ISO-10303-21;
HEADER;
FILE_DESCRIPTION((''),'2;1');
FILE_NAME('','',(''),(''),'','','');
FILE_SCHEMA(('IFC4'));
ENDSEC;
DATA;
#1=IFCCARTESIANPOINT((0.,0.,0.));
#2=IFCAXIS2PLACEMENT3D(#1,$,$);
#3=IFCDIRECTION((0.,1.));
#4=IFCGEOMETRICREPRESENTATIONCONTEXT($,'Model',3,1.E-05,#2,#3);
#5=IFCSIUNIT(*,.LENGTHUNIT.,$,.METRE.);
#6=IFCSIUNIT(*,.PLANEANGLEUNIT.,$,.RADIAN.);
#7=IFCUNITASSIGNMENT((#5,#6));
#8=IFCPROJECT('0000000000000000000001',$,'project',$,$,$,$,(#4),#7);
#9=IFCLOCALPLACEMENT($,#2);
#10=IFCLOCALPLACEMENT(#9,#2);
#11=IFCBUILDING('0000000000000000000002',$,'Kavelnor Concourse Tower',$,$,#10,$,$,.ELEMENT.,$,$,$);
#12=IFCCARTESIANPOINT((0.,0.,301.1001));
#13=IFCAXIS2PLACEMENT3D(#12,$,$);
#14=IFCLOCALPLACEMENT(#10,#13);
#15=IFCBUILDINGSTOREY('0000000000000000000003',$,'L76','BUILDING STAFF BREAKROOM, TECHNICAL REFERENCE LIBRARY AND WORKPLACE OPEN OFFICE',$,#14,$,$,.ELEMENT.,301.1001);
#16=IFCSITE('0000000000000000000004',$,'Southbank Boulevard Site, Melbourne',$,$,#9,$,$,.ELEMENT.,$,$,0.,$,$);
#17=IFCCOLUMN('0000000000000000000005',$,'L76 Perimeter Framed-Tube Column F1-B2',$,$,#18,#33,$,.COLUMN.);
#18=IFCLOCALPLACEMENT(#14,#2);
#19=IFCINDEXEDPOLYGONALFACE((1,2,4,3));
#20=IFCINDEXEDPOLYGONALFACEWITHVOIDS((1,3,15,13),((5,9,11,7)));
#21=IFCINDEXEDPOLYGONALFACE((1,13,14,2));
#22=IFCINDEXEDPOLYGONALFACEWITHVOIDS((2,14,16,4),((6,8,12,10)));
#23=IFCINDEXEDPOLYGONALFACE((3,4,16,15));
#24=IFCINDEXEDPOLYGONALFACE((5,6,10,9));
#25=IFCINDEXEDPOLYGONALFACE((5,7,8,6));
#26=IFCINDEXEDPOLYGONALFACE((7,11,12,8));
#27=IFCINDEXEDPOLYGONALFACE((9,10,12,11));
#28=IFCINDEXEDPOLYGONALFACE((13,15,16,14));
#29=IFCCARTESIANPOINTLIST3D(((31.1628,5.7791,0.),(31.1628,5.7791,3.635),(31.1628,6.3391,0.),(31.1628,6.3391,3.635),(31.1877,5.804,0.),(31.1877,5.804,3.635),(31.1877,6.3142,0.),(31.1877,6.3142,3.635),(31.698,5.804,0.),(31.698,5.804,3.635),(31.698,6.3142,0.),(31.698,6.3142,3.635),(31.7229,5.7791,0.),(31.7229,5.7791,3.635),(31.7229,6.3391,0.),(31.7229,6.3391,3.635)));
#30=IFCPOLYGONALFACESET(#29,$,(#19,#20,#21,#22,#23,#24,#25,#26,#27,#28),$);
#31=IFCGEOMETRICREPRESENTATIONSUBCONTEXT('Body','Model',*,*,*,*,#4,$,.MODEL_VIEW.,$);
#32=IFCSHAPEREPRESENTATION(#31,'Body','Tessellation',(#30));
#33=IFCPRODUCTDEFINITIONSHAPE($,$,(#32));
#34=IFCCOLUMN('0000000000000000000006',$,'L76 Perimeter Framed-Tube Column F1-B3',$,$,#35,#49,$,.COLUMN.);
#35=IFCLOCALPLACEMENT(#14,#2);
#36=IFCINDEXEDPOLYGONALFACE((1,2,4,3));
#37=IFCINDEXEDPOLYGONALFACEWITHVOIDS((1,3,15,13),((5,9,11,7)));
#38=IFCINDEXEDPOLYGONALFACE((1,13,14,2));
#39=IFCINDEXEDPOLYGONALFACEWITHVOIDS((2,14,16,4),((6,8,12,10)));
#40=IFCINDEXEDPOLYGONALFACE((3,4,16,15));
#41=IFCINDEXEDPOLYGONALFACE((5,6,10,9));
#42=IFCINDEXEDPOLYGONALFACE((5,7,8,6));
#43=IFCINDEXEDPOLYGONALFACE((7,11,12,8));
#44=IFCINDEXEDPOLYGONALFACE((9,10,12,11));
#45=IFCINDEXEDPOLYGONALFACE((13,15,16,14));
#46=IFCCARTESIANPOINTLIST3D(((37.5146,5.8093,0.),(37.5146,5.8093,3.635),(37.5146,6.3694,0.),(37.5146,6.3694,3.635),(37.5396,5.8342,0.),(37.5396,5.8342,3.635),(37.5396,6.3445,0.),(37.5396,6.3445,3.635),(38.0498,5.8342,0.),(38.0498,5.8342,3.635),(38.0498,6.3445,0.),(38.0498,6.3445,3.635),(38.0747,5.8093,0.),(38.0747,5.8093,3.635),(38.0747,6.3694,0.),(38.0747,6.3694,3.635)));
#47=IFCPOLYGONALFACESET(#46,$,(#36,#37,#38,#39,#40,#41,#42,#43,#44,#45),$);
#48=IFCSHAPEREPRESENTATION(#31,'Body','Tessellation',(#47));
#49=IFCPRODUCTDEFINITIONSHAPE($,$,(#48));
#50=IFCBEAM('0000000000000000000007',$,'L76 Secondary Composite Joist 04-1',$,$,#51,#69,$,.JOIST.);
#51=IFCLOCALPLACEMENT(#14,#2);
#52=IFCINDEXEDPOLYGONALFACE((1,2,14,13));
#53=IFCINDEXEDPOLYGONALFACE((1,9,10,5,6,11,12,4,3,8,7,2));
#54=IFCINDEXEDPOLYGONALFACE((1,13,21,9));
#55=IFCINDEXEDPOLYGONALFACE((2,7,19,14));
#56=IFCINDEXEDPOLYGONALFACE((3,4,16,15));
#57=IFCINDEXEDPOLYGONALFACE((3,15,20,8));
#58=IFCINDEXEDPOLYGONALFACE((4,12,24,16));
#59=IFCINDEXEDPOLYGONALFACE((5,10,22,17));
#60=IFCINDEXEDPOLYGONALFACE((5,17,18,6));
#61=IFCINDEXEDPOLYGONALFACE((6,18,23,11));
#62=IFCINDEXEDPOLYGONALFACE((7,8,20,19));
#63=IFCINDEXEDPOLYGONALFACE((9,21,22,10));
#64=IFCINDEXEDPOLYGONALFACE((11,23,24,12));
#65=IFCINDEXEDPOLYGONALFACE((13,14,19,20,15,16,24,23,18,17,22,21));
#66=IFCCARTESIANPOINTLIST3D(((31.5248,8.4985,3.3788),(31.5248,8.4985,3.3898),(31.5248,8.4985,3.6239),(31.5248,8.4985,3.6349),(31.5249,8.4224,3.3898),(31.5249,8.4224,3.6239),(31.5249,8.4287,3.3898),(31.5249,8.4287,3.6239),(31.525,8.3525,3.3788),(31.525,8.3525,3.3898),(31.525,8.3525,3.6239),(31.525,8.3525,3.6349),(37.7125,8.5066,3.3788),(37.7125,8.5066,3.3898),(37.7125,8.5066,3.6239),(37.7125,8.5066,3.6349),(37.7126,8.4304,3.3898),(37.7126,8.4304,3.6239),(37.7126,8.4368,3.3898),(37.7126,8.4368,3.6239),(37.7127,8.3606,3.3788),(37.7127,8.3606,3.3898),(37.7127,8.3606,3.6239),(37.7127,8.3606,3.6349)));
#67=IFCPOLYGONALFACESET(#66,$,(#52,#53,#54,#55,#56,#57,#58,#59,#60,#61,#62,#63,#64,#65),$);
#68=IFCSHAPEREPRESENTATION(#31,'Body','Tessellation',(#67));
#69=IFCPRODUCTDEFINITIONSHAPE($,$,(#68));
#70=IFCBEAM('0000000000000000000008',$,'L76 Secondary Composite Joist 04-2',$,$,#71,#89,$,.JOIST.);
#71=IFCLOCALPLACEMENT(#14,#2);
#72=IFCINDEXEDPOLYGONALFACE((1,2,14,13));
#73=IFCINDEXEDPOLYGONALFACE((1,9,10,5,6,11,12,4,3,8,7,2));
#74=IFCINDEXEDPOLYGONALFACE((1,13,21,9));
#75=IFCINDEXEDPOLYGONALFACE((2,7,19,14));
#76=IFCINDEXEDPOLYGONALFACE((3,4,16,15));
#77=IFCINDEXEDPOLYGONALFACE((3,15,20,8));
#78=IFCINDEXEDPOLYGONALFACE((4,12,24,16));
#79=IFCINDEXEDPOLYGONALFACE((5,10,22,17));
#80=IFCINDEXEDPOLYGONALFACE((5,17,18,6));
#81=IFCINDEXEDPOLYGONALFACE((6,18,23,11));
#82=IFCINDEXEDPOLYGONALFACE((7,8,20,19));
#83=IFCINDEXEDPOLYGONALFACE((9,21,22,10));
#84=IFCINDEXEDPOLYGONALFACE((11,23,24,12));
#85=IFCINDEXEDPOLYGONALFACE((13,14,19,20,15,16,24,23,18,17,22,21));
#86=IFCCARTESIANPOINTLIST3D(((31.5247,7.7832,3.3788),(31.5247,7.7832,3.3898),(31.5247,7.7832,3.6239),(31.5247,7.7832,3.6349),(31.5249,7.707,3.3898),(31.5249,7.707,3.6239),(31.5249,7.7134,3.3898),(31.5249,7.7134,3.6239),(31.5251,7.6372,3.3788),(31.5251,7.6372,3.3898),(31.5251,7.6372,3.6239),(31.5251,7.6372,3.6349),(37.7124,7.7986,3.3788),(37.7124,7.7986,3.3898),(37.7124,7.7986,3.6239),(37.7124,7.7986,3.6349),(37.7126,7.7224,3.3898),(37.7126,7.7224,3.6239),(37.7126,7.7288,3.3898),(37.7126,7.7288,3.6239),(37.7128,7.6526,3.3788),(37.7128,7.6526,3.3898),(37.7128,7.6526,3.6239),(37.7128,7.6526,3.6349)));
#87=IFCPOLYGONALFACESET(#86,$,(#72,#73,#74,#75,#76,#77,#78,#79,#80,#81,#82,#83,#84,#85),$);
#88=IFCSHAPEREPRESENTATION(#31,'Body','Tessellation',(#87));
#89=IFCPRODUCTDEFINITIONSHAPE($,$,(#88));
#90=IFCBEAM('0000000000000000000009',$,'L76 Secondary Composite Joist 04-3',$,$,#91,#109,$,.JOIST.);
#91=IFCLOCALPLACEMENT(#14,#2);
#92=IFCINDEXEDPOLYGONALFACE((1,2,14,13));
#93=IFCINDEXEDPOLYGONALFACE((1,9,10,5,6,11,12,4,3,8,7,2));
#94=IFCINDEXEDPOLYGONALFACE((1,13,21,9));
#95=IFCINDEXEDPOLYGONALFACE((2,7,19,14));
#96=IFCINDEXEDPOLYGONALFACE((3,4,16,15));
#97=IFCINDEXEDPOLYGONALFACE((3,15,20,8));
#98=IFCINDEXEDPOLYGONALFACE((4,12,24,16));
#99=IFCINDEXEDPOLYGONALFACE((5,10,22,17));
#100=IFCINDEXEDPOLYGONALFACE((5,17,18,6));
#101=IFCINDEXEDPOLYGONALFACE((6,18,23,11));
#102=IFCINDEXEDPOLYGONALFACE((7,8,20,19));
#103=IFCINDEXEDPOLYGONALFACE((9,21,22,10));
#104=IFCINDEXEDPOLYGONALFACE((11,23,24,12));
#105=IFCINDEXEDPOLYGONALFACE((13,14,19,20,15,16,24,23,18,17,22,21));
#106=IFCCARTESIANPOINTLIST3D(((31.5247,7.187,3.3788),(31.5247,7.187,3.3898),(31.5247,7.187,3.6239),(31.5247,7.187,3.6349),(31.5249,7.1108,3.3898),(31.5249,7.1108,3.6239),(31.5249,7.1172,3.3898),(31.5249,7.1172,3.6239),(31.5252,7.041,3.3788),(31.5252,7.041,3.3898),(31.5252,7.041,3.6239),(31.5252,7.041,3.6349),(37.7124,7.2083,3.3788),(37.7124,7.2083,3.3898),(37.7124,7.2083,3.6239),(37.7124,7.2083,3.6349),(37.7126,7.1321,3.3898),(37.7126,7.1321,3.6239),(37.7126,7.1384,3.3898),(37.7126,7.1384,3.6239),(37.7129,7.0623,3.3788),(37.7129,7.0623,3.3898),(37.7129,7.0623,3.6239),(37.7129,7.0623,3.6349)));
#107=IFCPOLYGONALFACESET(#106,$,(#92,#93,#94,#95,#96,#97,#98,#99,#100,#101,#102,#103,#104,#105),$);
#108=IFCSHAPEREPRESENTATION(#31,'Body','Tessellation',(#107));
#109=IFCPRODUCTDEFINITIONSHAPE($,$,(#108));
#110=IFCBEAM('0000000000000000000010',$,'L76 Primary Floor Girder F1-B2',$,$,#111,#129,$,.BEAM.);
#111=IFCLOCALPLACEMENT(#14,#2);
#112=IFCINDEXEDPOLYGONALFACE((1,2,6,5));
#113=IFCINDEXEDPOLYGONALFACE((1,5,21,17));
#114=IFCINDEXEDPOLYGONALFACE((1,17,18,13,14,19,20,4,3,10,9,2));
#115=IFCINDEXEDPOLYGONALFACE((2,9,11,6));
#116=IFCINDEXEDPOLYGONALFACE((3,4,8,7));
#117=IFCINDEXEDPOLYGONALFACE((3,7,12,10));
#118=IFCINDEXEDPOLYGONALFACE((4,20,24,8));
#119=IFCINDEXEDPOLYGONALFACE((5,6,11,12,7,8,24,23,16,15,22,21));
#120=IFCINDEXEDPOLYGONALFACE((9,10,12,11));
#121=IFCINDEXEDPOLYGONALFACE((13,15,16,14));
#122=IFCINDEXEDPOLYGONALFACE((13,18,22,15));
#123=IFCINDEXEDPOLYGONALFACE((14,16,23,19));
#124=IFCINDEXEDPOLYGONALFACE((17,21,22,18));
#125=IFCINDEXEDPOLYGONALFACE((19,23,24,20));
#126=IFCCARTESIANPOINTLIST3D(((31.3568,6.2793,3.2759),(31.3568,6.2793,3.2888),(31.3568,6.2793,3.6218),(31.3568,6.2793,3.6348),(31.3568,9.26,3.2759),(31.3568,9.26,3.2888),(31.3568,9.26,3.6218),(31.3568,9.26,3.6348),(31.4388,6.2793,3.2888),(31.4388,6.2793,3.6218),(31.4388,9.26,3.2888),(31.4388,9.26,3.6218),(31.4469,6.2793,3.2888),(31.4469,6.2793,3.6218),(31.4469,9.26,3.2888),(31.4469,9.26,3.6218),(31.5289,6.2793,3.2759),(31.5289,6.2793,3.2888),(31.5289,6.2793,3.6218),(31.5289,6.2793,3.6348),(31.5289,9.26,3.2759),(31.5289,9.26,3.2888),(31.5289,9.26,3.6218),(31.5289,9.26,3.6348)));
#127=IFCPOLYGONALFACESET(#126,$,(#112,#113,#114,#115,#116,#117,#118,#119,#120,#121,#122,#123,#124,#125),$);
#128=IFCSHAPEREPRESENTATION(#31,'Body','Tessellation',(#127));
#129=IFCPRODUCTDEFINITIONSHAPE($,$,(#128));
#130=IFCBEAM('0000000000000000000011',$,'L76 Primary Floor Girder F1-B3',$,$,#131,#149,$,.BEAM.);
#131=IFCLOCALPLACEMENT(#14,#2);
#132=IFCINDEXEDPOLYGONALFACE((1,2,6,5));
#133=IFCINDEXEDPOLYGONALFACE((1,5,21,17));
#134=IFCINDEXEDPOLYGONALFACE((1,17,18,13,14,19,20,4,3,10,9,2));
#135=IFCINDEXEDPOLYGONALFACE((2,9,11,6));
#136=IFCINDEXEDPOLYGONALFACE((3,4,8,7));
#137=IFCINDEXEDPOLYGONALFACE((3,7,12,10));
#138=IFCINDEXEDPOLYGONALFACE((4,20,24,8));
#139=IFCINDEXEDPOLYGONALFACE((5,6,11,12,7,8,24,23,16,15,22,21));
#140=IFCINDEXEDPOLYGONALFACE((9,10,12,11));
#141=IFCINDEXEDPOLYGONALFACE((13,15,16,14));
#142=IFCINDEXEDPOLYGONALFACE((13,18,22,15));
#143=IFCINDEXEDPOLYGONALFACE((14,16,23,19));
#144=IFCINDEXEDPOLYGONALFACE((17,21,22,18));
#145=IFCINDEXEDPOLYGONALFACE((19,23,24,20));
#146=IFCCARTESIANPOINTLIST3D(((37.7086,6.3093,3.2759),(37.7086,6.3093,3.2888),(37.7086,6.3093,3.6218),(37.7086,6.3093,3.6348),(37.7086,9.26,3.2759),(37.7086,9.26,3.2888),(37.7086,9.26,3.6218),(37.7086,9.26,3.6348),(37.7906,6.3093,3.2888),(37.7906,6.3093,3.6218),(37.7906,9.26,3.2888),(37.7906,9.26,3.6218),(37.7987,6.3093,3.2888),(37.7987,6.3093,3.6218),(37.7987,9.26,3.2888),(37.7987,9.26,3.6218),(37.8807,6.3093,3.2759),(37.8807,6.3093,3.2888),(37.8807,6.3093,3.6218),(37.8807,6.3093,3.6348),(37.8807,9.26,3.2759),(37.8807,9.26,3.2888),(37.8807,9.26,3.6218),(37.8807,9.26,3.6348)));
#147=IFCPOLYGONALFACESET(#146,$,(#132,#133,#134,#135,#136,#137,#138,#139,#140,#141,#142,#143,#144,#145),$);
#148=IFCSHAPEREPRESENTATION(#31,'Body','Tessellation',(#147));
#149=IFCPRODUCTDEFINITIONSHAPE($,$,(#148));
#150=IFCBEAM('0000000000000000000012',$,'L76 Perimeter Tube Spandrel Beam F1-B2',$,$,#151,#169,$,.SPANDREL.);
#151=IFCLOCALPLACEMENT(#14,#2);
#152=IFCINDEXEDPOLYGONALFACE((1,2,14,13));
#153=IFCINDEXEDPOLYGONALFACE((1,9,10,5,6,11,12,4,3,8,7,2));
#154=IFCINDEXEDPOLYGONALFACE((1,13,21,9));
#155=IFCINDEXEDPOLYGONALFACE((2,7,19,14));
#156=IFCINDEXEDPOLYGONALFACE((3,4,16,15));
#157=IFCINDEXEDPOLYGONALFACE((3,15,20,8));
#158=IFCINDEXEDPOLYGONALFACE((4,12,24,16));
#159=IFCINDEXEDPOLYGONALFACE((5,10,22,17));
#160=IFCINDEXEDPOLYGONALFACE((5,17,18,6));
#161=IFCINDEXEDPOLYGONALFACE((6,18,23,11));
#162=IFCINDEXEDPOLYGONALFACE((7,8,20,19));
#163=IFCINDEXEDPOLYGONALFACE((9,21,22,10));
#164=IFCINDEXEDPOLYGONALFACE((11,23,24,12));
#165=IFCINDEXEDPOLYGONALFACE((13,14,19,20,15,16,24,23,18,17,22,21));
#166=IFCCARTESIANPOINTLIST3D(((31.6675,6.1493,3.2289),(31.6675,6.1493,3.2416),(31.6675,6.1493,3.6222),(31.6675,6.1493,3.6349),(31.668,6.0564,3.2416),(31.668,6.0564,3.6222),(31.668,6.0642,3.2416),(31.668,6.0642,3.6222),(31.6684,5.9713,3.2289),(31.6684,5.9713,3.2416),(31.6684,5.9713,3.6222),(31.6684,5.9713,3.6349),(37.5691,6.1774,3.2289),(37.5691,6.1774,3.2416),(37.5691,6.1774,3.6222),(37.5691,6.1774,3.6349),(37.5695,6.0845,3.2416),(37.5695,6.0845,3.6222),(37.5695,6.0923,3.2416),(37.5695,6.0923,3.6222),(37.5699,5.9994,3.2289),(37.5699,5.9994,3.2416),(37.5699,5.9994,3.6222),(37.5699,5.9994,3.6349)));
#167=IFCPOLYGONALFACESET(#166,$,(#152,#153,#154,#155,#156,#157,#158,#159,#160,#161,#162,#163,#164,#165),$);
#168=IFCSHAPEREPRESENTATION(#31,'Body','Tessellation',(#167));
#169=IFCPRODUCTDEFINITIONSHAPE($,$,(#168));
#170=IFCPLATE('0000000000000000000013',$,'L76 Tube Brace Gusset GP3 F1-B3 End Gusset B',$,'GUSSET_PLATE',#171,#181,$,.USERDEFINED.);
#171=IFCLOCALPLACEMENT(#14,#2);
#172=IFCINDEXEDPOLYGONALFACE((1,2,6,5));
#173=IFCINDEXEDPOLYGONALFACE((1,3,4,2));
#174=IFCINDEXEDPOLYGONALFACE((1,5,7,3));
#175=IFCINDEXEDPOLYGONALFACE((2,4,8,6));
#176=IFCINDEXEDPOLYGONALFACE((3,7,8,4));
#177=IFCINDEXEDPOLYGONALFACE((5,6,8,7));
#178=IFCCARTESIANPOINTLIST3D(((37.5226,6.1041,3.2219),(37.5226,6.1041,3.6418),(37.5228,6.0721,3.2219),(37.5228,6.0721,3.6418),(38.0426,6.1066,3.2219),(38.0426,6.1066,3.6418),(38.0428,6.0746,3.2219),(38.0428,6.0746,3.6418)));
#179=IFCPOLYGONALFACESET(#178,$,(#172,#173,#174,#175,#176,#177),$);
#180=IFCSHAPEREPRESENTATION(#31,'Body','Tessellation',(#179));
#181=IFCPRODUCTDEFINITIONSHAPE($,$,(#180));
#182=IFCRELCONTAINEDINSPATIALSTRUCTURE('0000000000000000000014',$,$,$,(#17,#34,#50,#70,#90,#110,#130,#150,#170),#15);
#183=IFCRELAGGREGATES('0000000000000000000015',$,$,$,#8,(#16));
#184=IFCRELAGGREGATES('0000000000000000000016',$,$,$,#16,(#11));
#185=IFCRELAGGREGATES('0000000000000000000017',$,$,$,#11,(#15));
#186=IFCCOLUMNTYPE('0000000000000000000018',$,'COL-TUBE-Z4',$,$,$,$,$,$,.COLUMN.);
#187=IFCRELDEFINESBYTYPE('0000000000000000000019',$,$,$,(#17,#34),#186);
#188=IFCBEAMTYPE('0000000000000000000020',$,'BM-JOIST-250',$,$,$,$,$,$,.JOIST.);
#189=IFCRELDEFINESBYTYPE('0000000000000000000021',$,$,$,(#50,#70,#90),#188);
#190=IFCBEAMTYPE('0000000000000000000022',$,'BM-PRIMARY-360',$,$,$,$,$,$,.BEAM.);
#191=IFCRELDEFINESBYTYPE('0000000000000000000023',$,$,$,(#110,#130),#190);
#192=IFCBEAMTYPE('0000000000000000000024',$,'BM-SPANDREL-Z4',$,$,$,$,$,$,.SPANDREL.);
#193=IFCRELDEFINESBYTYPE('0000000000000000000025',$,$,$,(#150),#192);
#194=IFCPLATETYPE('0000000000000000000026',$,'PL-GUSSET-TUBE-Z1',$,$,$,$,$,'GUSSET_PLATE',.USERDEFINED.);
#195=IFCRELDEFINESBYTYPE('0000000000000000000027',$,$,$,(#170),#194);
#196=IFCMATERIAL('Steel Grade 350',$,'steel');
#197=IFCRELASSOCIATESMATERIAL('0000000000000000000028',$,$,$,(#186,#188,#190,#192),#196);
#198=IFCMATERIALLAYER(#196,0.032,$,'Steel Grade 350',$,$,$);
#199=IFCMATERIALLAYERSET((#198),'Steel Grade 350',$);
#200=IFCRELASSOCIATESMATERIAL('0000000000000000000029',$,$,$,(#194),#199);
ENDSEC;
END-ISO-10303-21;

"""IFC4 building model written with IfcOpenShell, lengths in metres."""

from ifc_helpers import new_model, si_unit, direction, frame, origin, origin_2d, place, context, subcontext, project, spatial, rectangle, hollow_rectangle, i_section, extrude, material, layer, layer_set, material_profile, profile_set, type_object, element, save


model = new_model("IFC4")

# Units and contexts
model_context = context("Model", 3, precision=1e-05, world=origin(), true_north=direction((0.0, 1.0)))
body_context = subcontext(model_context, "Body", "Model", "MODEL_VIEW")
ifc_project = project(units=[si_unit("LENGTHUNIT", "METRE"), si_unit("PLANEANGLEUNIT", "RADIAN")], contexts=[model_context])

# Site, building, storey
site_placement = place(None, origin())
site = spatial("IfcSite", under=ifc_project, at=site_placement, Name="Southbank Boulevard Site, Melbourne", CompositionType="ELEMENT", RefElevation=0.0)
building_placement = place(site_placement, origin())
building = spatial("IfcBuilding", under=site, at=building_placement, Name="Kavelnor Concourse Tower", CompositionType="ELEMENT")
storey_placement = place(building_placement, frame((0.0, 0.0, 301.1001)))
storey = spatial("IfcBuildingStorey", under=building, at=storey_placement, Name="L76", Description="BUILDING STAFF BREAKROOM, TECHNICAL REFERENCE LIBRARY AND WORKPLACE OPEN OFFICE", CompositionType="ELEMENT", Elevation=301.1001)

# Columns
ifc_material_1 = material(Name="Steel Grade 350", Category="steel")
ifc_material_profile_1 = material_profile(ifc_material_1, hollow_rectangle(XDim=0.5601, YDim=0.5601, WallThickness=0.0249, at=origin_2d()), Name="SHS 560x560x25")
ifc_profile_set_1 = profile_set([ifc_material_profile_1], Name="Steel Grade 350")
column_type = type_object("IfcColumnType", Name="COL-TUBE-Z4", PredefinedType="COLUMN", material=ifc_profile_set_1)
for number, where, z_axis, x_axis, name in (
    (1, (31.4429, 6.0591, 0.0), (0.0, 0.0, 1.0), (1.0, 0.0, 0.0), "L76 Perimeter Framed-Tube Column F1-B2"),
    (2, (37.7947, 6.0894, 0.0), (0.0, 0.0, 1.0), (1.0, 0.0, 0.0), "L76 Perimeter Framed-Tube Column F1-B3"),
):
    element("IfcColumn", number, at=place(storey_placement, frame(where, z_axis=z_axis, x_axis=x_axis)), inside=storey, type_object=column_type, Name=name, PredefinedType="COLUMN", context=body_context, shape_type="SweptSolid", body=[
        extrude(hollow_rectangle(XDim=0.5601, YDim=0.5601, WallThickness=0.0249, at=origin_2d()), origin(), (0.0, 0.0, 1.0), 3.635),
    ])

# Beams
ifc_material_profile_2 = material_profile(ifc_material_1, i_section(OverallWidth=0.146, OverallDepth=0.2561, WebThickness=0.0063, FlangeThickness=0.011, at=origin_2d()), Name="250UB37")
ifc_profile_set_2 = profile_set([ifc_material_profile_2], Name="Steel Grade 350")
beam_type_1 = type_object("IfcBeamType", Name="BM-JOIST-250", PredefinedType="JOIST", material=ifc_profile_set_2)
for number, where, z_axis, x_axis, name in (
    (3, (31.5249, 8.4255, 3.5068), (0.999999, 0.001302, 0.0), (-0.001302, 0.999999, 0.0), "L76 Secondary Composite Joist 04-1"),
    (4, (31.5249, 7.7102, 3.5068), (0.999997, 0.002486, 0.0), (-0.002486, 0.999997, 0.0), "L76 Secondary Composite Joist 04-2"),
    (5, (31.5249, 7.114, 3.5068), (0.999994, 0.003433, 0.0), (-0.003433, 0.999994, 0.0), "L76 Secondary Composite Joist 04-3"),
):
    element("IfcBeam", number, at=place(storey_placement, frame(where, z_axis=z_axis, x_axis=x_axis)), inside=storey, type_object=beam_type_1, Name=name, PredefinedType="JOIST", context=body_context, shape_type="SweptSolid", body=[
        extrude(i_section(OverallWidth=0.146, OverallDepth=0.2561, WebThickness=0.0063, FlangeThickness=0.011, at=origin_2d()), origin(), (0.0, 0.0, 1.0), 6.1877),
    ])
ifc_material_profile_3 = material_profile(ifc_material_1, i_section(OverallWidth=0.1721, OverallDepth=0.3589, WebThickness=0.0081, FlangeThickness=0.0129, at=origin_2d()), Name="360UB56")
ifc_profile_set_3 = profile_set([ifc_material_profile_3], Name="Steel Grade 350")
beam_type_2 = type_object("IfcBeamType", Name="BM-PRIMARY-360", PredefinedType="BEAM", material=ifc_profile_set_3)
beam_1_placement = place(storey_placement, frame((31.4429, 9.26, 3.4553), z_axis=(0.0, -1.0, 0.0), x_axis=(1.0, 0.0, 0.0)))
element("IfcBeam", 6, at=beam_1_placement, inside=storey, type_object=beam_type_2, Name="L76 Primary Floor Girder F1-B2", PredefinedType="BEAM", context=body_context, shape_type="SweptSolid", body=[
    extrude(i_section(OverallWidth=0.1721, OverallDepth=0.3589, WebThickness=0.0081, FlangeThickness=0.0129, at=origin_2d()), origin(), (0.0, 0.0, 1.0), 2.9807),
])
beam_2_placement = place(storey_placement, frame((37.7947, 9.26, 3.4553), z_axis=(0.0, -1.0, 0.0), x_axis=(1.0, 0.0, 0.0)))
element("IfcBeam", 7, at=beam_2_placement, inside=storey, type_object=beam_type_2, Name="L76 Primary Floor Girder F1-B3", PredefinedType="BEAM", context=body_context, shape_type="SweptSolid", body=[
    extrude(i_section(OverallWidth=0.1721, OverallDepth=0.3589, WebThickness=0.0081, FlangeThickness=0.0129, at=origin_2d()), origin(), (0.0, 0.0, 1.0), 2.9507),
])
ifc_material_profile_4 = material_profile(ifc_material_1, i_section(OverallWidth=0.178, OverallDepth=0.406, WebThickness=0.0078, FlangeThickness=0.0127, at=origin_2d()), Name="410UB59")
ifc_profile_set_4 = profile_set([ifc_material_profile_4], Name="Steel Grade 350")
beam_type_3 = type_object("IfcBeamType", Name="BM-SPANDREL-Z4", PredefinedType="SPANDREL", material=ifc_profile_set_4)
beam_3_placement = place(storey_placement, frame((31.668, 6.0603, 3.4319), z_axis=(0.999989, 0.004757, 0.0), x_axis=(-0.004757, 0.999989, 0.0)))
element("IfcBeam", 8, at=beam_3_placement, inside=storey, type_object=beam_type_3, Name="L76 Perimeter Tube Spandrel Beam F1-B2", PredefinedType="SPANDREL", context=body_context, shape_type="SweptSolid", body=[
    extrude(i_section(OverallWidth=0.178, OverallDepth=0.406, WebThickness=0.0078, FlangeThickness=0.0127, at=origin_2d()), origin(), (0.0, 0.0, 1.0), 5.9016),
])

# Plate
ifc_layer_1 = layer(ifc_material_1, 0.032, Name="Steel Grade 350")
ifc_layer_set_1 = layer_set([ifc_layer_1], Name="Steel Grade 350")
plate_type = type_object("IfcPlateType", Name="PL-GUSSET-TUBE-Z1", ElementType="GUSSET_PLATE", PredefinedType="USERDEFINED", material=ifc_layer_set_1)
plate_placement = place(storey_placement, frame((37.7827, 6.0894, 3.2219), z_axis=(0.0, 0.0, 1.0), x_axis=(-0.999989, -0.004712, 0.0)))
element("IfcPlate", 9, at=plate_placement, inside=storey, type_object=plate_type, Name="L76 Tube Brace Gusset GP3 F1-B3 End Gusset B", ObjectType="GUSSET_PLATE", PredefinedType="USERDEFINED", context=body_context, shape_type="SweptSolid", body=[
    extrude(rectangle(XDim=0.52, YDim=0.032, at=origin_2d()), origin(), (0.0, 0.0, 1.0), 0.4199),
])

save(model, "model.ifc")
